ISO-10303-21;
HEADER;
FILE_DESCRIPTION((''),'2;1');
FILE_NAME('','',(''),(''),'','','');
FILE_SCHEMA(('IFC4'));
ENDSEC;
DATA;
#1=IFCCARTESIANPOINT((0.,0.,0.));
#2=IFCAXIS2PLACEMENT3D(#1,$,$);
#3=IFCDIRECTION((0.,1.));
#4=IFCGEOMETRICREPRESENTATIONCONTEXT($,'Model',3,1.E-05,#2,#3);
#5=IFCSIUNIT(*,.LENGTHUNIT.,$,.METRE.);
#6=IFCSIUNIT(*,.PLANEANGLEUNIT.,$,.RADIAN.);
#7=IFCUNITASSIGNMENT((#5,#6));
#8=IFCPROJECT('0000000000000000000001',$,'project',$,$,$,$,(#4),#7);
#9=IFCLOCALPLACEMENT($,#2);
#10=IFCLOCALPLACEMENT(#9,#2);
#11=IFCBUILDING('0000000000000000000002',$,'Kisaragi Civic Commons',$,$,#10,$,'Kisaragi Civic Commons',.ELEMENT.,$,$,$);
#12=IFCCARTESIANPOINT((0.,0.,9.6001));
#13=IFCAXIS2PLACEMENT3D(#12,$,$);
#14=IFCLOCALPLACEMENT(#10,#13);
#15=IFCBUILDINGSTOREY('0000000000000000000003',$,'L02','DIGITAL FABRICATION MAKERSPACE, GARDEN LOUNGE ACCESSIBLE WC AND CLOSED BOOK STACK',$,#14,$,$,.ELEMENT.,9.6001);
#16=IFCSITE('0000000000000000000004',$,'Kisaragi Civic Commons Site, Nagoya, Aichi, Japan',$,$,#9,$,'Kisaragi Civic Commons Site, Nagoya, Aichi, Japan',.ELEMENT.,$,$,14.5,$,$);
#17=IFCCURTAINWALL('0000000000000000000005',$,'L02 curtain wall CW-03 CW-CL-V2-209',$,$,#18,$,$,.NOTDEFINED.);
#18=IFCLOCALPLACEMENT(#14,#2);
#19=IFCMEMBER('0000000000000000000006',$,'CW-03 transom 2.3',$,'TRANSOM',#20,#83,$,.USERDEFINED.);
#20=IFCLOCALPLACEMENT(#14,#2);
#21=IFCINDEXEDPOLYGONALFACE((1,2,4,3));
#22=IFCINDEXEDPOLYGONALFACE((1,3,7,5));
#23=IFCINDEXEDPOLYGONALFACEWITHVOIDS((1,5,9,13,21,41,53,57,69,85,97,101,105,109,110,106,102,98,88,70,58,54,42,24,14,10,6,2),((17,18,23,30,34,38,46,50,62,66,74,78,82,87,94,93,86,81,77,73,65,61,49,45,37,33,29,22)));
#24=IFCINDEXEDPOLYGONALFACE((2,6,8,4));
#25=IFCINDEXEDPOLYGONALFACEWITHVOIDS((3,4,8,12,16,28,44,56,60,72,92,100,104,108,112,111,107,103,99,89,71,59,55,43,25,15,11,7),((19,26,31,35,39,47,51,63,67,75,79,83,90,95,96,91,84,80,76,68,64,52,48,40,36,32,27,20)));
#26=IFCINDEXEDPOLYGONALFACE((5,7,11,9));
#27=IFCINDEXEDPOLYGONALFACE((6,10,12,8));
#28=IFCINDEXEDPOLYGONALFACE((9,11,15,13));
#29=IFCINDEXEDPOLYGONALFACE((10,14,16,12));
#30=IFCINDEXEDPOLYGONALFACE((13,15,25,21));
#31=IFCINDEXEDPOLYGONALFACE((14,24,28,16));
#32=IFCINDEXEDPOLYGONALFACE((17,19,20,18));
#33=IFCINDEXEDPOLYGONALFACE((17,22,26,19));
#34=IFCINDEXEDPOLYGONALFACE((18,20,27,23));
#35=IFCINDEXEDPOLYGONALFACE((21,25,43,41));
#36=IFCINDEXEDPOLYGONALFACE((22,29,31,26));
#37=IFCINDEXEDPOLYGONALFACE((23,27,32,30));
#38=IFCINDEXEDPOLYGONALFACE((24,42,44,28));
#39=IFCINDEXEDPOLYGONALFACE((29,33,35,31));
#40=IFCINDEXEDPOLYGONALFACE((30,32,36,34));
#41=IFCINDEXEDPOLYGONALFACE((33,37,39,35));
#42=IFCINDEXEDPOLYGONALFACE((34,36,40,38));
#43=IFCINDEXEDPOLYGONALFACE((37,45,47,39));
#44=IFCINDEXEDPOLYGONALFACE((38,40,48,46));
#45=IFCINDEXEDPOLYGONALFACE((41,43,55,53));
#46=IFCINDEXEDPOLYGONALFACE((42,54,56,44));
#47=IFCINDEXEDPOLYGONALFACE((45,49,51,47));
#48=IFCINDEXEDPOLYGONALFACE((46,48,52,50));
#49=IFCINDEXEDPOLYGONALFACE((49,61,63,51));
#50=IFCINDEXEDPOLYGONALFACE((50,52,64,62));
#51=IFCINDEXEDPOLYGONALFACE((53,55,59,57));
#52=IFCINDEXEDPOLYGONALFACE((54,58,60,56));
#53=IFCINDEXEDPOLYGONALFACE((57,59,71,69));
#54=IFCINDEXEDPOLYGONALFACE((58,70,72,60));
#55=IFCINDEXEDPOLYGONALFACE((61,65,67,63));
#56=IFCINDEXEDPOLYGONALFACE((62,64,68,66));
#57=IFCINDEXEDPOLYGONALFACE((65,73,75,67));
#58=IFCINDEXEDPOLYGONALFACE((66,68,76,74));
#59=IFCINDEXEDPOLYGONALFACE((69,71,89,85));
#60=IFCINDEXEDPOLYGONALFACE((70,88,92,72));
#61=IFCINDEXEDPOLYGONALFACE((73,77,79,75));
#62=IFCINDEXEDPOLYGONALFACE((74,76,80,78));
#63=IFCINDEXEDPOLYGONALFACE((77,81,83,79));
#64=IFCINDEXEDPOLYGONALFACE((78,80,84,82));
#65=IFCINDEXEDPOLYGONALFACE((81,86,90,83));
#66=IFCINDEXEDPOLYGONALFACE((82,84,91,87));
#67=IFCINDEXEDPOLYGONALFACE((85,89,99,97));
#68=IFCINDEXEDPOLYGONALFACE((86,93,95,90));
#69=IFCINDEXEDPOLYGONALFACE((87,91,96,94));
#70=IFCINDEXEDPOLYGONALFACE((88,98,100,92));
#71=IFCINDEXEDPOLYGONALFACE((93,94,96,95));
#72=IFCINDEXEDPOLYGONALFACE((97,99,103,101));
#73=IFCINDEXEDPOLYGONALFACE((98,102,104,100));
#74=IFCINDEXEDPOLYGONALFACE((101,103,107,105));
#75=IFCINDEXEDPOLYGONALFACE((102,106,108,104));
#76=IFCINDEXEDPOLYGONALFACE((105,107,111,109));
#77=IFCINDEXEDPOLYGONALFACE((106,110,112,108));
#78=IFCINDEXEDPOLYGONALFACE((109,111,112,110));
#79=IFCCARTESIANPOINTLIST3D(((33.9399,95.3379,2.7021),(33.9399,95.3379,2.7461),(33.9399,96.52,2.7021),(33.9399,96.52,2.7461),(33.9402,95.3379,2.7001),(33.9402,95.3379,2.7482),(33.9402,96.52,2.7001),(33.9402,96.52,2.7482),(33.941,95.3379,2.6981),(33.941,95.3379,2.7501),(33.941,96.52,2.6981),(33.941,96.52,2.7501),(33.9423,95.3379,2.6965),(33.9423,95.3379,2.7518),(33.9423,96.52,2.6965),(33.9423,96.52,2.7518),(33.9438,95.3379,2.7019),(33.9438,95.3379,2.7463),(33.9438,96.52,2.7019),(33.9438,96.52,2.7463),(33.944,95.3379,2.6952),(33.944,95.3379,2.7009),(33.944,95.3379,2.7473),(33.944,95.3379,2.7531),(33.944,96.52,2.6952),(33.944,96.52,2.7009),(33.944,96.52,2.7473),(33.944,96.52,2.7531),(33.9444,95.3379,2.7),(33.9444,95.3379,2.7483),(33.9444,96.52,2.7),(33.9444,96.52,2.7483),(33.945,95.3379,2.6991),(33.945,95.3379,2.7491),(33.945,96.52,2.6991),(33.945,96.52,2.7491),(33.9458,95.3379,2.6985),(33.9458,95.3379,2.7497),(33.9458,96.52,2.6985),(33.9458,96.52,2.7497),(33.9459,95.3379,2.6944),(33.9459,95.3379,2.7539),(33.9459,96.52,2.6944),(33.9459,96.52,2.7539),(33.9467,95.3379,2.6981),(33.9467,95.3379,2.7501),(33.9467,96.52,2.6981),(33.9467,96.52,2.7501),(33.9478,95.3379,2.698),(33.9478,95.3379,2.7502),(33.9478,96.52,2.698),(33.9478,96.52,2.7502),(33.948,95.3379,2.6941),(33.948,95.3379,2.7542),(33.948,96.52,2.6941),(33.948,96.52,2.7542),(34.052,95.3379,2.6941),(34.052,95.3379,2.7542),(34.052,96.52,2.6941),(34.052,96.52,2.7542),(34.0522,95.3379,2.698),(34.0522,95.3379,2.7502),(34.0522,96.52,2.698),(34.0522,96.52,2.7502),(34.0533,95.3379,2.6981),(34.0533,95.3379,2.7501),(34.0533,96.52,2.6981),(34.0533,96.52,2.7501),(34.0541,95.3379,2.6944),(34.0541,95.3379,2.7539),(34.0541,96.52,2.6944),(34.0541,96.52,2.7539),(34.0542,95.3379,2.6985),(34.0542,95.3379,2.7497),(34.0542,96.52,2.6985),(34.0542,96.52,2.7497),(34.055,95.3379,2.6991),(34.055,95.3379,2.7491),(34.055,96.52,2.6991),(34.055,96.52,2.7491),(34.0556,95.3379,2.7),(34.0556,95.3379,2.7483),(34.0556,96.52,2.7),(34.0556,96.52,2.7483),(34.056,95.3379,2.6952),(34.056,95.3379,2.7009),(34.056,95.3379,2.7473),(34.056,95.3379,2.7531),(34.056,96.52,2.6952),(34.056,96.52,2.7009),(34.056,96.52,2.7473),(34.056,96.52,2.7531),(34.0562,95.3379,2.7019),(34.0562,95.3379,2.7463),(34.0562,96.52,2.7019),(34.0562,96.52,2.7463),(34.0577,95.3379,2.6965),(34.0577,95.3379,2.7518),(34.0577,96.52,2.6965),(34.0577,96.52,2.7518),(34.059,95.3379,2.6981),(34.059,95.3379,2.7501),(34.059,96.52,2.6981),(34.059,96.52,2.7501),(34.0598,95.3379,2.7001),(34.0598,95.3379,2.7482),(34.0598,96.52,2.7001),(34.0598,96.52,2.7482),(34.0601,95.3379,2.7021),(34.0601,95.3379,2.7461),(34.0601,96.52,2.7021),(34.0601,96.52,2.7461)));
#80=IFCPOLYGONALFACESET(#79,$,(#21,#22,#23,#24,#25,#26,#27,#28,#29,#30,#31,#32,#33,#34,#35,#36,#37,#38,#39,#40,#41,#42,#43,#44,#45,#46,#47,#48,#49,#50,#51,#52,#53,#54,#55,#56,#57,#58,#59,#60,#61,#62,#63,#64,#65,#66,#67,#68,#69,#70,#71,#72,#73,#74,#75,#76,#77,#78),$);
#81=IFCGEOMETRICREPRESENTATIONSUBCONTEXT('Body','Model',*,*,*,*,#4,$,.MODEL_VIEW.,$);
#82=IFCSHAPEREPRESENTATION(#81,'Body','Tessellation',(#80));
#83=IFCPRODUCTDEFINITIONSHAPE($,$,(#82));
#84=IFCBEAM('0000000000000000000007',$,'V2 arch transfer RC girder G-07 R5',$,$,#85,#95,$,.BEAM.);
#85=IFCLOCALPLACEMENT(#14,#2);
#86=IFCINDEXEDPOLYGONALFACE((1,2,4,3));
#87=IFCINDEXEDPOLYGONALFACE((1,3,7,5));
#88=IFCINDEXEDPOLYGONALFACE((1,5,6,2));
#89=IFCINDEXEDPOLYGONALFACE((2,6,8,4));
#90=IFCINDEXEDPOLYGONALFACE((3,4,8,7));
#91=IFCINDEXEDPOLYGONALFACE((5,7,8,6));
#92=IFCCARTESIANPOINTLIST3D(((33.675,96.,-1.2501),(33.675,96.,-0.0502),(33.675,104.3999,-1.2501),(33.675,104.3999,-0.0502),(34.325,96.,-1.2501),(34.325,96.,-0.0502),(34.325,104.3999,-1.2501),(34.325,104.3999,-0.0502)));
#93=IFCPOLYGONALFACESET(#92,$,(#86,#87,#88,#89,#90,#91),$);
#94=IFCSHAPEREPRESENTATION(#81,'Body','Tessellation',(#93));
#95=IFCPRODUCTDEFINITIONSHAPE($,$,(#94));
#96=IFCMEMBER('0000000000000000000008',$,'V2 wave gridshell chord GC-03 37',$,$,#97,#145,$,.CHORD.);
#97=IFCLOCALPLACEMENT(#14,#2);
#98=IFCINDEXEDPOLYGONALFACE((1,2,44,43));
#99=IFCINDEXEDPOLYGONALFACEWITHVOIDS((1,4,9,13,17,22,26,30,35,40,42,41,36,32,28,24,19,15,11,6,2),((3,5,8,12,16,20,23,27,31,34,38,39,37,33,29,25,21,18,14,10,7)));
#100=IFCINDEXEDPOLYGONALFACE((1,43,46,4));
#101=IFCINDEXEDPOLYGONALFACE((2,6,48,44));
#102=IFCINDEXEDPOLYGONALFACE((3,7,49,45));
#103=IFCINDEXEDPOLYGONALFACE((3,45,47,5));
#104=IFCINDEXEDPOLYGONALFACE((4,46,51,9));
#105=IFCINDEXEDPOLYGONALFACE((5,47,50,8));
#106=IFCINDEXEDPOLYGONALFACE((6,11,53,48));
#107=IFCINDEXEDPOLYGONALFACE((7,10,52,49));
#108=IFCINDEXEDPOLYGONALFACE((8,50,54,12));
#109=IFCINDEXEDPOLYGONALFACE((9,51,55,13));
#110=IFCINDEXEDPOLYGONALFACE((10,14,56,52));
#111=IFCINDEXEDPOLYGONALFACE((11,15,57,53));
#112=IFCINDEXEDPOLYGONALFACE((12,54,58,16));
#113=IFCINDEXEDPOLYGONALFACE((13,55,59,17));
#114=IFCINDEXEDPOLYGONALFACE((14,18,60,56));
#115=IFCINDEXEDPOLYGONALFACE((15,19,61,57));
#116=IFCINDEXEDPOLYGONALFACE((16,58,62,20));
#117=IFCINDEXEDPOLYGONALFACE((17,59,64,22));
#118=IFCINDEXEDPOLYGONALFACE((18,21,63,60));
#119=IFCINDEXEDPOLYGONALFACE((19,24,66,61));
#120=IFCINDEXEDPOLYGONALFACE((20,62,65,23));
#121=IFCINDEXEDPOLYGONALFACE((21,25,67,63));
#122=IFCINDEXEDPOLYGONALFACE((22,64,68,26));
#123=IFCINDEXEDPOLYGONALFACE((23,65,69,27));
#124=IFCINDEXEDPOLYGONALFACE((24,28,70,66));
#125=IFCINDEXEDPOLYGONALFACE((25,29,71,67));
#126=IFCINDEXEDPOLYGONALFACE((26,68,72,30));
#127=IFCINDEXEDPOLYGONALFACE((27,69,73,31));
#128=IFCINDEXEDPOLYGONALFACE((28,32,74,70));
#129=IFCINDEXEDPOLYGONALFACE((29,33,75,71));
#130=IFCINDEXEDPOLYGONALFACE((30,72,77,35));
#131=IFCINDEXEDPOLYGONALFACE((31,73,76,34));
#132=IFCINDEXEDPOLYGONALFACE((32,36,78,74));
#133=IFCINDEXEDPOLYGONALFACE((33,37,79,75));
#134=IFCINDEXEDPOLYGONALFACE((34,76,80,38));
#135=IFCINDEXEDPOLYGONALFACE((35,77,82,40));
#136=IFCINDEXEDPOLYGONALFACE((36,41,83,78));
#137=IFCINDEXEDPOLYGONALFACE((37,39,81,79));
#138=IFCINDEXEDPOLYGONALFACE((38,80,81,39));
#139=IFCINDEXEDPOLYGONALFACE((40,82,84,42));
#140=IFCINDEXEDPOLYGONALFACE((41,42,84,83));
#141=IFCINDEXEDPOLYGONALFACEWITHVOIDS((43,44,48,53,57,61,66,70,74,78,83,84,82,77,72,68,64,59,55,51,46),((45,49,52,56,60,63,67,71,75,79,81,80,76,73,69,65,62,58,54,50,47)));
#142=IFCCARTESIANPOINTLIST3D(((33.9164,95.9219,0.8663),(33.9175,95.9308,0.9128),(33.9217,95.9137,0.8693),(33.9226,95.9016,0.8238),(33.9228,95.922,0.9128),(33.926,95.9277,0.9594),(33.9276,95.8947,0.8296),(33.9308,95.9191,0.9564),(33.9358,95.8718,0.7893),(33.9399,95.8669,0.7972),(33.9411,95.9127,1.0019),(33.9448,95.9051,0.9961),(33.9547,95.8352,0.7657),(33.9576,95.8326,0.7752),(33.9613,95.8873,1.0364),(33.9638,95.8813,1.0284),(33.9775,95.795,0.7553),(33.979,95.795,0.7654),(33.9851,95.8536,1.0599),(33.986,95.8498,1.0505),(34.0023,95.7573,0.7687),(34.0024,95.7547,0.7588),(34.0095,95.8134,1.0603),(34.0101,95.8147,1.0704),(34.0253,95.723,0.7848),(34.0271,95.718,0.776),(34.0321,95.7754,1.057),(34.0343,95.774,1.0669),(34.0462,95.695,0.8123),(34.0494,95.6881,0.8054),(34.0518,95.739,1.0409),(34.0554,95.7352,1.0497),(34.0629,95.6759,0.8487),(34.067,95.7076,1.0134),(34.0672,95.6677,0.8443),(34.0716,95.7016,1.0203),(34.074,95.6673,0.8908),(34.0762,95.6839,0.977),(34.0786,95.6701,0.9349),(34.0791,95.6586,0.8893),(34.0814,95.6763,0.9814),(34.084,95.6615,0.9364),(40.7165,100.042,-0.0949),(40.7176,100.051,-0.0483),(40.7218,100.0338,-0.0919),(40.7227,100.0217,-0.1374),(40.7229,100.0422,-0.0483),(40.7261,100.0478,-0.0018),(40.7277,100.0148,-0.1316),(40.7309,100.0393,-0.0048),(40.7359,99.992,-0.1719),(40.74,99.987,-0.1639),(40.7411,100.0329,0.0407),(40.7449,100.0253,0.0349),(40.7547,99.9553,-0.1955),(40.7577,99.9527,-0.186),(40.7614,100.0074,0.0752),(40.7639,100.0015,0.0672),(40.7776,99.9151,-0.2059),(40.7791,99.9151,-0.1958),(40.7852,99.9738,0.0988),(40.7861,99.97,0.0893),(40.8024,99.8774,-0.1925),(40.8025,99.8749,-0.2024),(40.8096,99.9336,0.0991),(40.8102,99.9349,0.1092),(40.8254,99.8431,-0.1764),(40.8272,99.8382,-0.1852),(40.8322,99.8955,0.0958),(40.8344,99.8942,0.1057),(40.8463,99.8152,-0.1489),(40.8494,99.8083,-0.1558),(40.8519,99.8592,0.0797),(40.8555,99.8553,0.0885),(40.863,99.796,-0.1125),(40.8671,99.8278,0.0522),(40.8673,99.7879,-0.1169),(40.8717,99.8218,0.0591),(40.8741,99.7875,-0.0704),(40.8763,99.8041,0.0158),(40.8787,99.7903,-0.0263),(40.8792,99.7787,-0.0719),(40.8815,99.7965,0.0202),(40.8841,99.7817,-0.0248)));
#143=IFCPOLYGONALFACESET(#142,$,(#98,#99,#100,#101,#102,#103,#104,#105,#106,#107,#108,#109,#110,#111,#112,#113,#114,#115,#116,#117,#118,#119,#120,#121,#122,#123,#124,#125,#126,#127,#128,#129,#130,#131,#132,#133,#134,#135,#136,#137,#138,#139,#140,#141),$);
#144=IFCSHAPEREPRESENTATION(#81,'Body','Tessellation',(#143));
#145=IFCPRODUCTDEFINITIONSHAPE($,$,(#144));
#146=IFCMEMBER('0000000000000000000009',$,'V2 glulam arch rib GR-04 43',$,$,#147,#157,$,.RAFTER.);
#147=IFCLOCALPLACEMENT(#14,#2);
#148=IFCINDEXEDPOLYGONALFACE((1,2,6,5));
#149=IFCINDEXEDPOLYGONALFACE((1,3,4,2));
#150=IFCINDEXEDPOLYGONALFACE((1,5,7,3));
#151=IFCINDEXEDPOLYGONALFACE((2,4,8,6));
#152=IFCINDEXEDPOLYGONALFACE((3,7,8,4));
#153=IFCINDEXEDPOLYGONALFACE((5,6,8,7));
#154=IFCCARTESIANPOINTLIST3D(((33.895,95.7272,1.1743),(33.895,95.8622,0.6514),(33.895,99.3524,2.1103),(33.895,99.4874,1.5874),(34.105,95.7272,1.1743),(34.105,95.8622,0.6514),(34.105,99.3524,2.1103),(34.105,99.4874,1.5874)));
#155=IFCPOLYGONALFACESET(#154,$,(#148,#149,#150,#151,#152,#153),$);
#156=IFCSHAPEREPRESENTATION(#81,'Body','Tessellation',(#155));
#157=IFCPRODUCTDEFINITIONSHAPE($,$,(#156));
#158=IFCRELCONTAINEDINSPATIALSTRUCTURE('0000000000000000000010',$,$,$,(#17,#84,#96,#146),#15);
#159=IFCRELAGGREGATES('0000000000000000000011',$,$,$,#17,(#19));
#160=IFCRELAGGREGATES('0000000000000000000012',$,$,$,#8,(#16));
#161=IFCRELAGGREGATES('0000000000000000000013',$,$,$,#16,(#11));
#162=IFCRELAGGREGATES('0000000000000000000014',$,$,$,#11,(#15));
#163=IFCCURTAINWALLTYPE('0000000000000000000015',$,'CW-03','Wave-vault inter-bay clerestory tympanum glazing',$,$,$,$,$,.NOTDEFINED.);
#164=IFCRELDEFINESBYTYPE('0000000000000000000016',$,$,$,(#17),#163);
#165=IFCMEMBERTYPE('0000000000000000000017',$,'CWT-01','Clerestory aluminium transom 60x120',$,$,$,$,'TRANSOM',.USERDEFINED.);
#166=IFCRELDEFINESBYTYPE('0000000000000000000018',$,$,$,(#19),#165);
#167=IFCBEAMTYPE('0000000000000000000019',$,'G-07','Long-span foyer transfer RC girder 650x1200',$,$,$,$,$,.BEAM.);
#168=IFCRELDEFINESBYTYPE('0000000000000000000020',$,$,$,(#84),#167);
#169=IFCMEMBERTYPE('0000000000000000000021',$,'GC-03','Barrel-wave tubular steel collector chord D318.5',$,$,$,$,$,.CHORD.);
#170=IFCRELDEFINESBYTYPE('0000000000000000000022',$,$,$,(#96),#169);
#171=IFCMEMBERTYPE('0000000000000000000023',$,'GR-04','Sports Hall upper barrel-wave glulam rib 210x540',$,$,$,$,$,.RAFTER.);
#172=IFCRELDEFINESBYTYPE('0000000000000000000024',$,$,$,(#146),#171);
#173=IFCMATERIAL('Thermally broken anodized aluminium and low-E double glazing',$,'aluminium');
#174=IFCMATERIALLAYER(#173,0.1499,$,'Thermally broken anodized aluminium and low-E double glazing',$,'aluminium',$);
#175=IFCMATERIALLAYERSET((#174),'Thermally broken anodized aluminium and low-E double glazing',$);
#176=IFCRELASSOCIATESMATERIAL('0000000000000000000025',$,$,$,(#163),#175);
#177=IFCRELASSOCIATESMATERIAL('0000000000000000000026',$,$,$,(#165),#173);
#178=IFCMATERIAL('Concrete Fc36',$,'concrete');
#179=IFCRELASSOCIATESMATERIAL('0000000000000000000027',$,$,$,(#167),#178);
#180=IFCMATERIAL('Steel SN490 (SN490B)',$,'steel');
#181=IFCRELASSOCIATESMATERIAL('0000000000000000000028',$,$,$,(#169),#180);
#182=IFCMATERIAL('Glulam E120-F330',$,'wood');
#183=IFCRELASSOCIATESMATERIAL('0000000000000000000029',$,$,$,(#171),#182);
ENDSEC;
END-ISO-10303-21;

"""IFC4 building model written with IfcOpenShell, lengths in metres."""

from ifc_helpers import new_model, si_unit, direction, frame, origin, origin_2d, place, context, subcontext, project, spatial, rectangle, hollow_rectangle, hollow_circle, extrude, material, layer, layer_set, material_profile, profile_set, type_object, element, aggregate, save


model = new_model("IFC4")

# Units and contexts
model_context = context("Model", 3, precision=1e-05, world=origin(), true_north=direction((0.0, 1.0)))
body_context = subcontext(model_context, "Body", "Model", "MODEL_VIEW")
ifc_project = project(units=[si_unit("LENGTHUNIT", "METRE"), si_unit("PLANEANGLEUNIT", "RADIAN")], contexts=[model_context])

# Site, building, storey
site_placement = place(None, origin())
site = spatial("IfcSite", under=ifc_project, at=site_placement, Name="Kisaragi Civic Commons Site, Nagoya, Aichi, Japan", LongName="Kisaragi Civic Commons Site, Nagoya, Aichi, Japan", CompositionType="ELEMENT", RefElevation=14.5)
building_placement = place(site_placement, origin())
building = spatial("IfcBuilding", under=site, at=building_placement, Name="Kisaragi Civic Commons", LongName="Kisaragi Civic Commons", CompositionType="ELEMENT")
storey_placement = place(building_placement, frame((0.0, 0.0, 9.6001)))
storey = spatial("IfcBuildingStorey", under=building, at=storey_placement, Name="L02", Description="DIGITAL FABRICATION MAKERSPACE, GARDEN LOUNGE ACCESSIBLE WC AND CLOSED BOOK STACK", CompositionType="ELEMENT", Elevation=9.6001)

# Curtain wall
ifc_material_1 = material(Name="Thermally broken anodized aluminium and low-E double glazing", Category="aluminium")
ifc_layer_1 = layer(ifc_material_1, 0.1499, Name="Thermally broken anodized aluminium and low-E double glazing", Category="aluminium")
ifc_layer_set_1 = layer_set([ifc_layer_1], Name="Thermally broken anodized aluminium and low-E double glazing")
curtain_wall_type = type_object("IfcCurtainWallType", Name="CW-03", Description="Wave-vault inter-bay clerestory tympanum glazing", PredefinedType="NOTDEFINED", material=ifc_layer_set_1)
curtain_wall_1_placement = place(storey_placement, origin())
curtain_wall_1 = element("IfcCurtainWall", 1, at=curtain_wall_1_placement, inside=storey, type_object=curtain_wall_type, Name="L02 curtain wall CW-03 CW-CL-V2-209", PredefinedType="NOTDEFINED")

# Member
ifc_material_profile_1 = material_profile(ifc_material_1, hollow_rectangle(XDim=0.1201, YDim=0.0601, WallThickness=0.0039, InnerFilletRadius=0.0039, OuterFilletRadius=0.0081, at=origin_2d()), Name="CWT-60x120x4", Category="aluminium")
ifc_profile_set_1 = profile_set([ifc_material_profile_1], Name="Thermally broken anodized aluminium and low-E double glazing")
member_type_1 = type_object("IfcMemberType", Name="CWT-01", Description="Clerestory aluminium transom 60x120", ElementType="TRANSOM", PredefinedType="USERDEFINED", material=ifc_profile_set_1)
member_1_placement = place(storey_placement, frame((34.0, 95.3379, 2.7241), z_axis=(0.0, 1.0, 0.0), x_axis=(-1.0, 0.0, 0.0)))
member_1 = element("IfcMember", 2, at=member_1_placement, type_object=member_type_1, Name="CW-03 transom 2.3", ObjectType="TRANSOM", PredefinedType="USERDEFINED", context=body_context, shape_type="SweptSolid", body=[
    extrude(hollow_rectangle(XDim=0.1201, YDim=0.0601, WallThickness=0.0039, InnerFilletRadius=0.0039, OuterFilletRadius=0.0081, at=origin_2d()), origin(), (0.0, 0.0, 1.0), 1.1821),
])

# Beam
ifc_material_2 = material(Name="Concrete Fc36", Category="concrete")
ifc_material_profile_2 = material_profile(ifc_material_2, rectangle(XDim=0.6499, YDim=1.2, at=origin_2d()), Name="RC-650x1200", Category="concrete")
ifc_profile_set_2 = profile_set([ifc_material_profile_2], Name="Concrete Fc36")
beam_type = type_object("IfcBeamType", Name="G-07", Description="Long-span foyer transfer RC girder 650x1200", PredefinedType="BEAM", material=ifc_profile_set_2)
beam_placement = place(storey_placement, frame((34.0, 96.0, -0.6501), z_axis=(0.0, 1.0, 0.0), x_axis=(-1.0, 0.0, 0.0)))
element("IfcBeam", 3, at=beam_placement, inside=storey, type_object=beam_type, Name="V2 arch transfer RC girder G-07 R5", PredefinedType="BEAM", context=body_context, shape_type="SweptSolid", body=[
    extrude(rectangle(XDim=0.6499, YDim=1.2, at=origin_2d()), origin(), (0.0, 0.0, 1.0), 8.3999),
])

# Members
ifc_material_3 = material(Name="Steel SN490 (SN490B)", Category="steel")
ifc_material_profile_3 = material_profile(ifc_material_3, hollow_circle(Radius=0.1592, WallThickness=0.0103, at=origin_2d()), Name="CHS-318.5x10.3", Category="steel")
ifc_profile_set_3 = profile_set([ifc_material_profile_3], Name="Steel SN490 (SN490B)")
member_type_2 = type_object("IfcMemberType", Name="GC-03", Description="Barrel-wave tubular steel collector chord D318.5", PredefinedType="CHORD", material=ifc_profile_set_3)
member_2_placement = place(storey_placement, frame((34.0, 95.7947, 0.9128), z_axis=(0.849079, 0.514453, -0.120017), x_axis=(-0.518198, 0.855261, 0.0)))
element("IfcMember", 4, at=member_2_placement, inside=storey, type_object=member_type_2, Name="V2 wave gridshell chord GC-03 37", PredefinedType="CHORD", context=body_context, shape_type="SweptSolid", body=[
    extrude(hollow_circle(Radius=0.1592, WallThickness=0.0103, at=origin_2d()), origin(), (0.0, 0.0, 1.0), 8.0088),
])
ifc_material_4 = material(Name="Glulam E120-F330", Category="wood")
ifc_material_profile_4 = material_profile(ifc_material_4, rectangle(XDim=0.21, YDim=0.54, at=origin_2d()), Name="GL-210x540", Category="wood")
ifc_profile_set_4 = profile_set([ifc_material_profile_4], Name="Glulam E120-F330")
member_type_3 = type_object("IfcMemberType", Name="GR-04", Description="Sports Hall upper barrel-wave glulam rib 210x540", PredefinedType="RAFTER", material=ifc_profile_set_4)
member_3_placement = place(storey_placement, frame((34.0, 95.7947, 0.9128), z_axis=(0.0, 0.968246, 0.25), x_axis=(-1.0, 0.0, 0.0)))
element("IfcMember", 5, at=member_3_placement, inside=storey, type_object=member_type_3, Name="V2 glulam arch rib GR-04 43", PredefinedType="RAFTER", context=body_context, shape_type="SweptSolid", body=[
    extrude(rectangle(XDim=0.21, YDim=0.54, at=origin_2d()), origin(), (0.0, 0.0, 1.0), 3.7441),
])

aggregate(curtain_wall_1, [member_1])

save(model, "model.ifc")
